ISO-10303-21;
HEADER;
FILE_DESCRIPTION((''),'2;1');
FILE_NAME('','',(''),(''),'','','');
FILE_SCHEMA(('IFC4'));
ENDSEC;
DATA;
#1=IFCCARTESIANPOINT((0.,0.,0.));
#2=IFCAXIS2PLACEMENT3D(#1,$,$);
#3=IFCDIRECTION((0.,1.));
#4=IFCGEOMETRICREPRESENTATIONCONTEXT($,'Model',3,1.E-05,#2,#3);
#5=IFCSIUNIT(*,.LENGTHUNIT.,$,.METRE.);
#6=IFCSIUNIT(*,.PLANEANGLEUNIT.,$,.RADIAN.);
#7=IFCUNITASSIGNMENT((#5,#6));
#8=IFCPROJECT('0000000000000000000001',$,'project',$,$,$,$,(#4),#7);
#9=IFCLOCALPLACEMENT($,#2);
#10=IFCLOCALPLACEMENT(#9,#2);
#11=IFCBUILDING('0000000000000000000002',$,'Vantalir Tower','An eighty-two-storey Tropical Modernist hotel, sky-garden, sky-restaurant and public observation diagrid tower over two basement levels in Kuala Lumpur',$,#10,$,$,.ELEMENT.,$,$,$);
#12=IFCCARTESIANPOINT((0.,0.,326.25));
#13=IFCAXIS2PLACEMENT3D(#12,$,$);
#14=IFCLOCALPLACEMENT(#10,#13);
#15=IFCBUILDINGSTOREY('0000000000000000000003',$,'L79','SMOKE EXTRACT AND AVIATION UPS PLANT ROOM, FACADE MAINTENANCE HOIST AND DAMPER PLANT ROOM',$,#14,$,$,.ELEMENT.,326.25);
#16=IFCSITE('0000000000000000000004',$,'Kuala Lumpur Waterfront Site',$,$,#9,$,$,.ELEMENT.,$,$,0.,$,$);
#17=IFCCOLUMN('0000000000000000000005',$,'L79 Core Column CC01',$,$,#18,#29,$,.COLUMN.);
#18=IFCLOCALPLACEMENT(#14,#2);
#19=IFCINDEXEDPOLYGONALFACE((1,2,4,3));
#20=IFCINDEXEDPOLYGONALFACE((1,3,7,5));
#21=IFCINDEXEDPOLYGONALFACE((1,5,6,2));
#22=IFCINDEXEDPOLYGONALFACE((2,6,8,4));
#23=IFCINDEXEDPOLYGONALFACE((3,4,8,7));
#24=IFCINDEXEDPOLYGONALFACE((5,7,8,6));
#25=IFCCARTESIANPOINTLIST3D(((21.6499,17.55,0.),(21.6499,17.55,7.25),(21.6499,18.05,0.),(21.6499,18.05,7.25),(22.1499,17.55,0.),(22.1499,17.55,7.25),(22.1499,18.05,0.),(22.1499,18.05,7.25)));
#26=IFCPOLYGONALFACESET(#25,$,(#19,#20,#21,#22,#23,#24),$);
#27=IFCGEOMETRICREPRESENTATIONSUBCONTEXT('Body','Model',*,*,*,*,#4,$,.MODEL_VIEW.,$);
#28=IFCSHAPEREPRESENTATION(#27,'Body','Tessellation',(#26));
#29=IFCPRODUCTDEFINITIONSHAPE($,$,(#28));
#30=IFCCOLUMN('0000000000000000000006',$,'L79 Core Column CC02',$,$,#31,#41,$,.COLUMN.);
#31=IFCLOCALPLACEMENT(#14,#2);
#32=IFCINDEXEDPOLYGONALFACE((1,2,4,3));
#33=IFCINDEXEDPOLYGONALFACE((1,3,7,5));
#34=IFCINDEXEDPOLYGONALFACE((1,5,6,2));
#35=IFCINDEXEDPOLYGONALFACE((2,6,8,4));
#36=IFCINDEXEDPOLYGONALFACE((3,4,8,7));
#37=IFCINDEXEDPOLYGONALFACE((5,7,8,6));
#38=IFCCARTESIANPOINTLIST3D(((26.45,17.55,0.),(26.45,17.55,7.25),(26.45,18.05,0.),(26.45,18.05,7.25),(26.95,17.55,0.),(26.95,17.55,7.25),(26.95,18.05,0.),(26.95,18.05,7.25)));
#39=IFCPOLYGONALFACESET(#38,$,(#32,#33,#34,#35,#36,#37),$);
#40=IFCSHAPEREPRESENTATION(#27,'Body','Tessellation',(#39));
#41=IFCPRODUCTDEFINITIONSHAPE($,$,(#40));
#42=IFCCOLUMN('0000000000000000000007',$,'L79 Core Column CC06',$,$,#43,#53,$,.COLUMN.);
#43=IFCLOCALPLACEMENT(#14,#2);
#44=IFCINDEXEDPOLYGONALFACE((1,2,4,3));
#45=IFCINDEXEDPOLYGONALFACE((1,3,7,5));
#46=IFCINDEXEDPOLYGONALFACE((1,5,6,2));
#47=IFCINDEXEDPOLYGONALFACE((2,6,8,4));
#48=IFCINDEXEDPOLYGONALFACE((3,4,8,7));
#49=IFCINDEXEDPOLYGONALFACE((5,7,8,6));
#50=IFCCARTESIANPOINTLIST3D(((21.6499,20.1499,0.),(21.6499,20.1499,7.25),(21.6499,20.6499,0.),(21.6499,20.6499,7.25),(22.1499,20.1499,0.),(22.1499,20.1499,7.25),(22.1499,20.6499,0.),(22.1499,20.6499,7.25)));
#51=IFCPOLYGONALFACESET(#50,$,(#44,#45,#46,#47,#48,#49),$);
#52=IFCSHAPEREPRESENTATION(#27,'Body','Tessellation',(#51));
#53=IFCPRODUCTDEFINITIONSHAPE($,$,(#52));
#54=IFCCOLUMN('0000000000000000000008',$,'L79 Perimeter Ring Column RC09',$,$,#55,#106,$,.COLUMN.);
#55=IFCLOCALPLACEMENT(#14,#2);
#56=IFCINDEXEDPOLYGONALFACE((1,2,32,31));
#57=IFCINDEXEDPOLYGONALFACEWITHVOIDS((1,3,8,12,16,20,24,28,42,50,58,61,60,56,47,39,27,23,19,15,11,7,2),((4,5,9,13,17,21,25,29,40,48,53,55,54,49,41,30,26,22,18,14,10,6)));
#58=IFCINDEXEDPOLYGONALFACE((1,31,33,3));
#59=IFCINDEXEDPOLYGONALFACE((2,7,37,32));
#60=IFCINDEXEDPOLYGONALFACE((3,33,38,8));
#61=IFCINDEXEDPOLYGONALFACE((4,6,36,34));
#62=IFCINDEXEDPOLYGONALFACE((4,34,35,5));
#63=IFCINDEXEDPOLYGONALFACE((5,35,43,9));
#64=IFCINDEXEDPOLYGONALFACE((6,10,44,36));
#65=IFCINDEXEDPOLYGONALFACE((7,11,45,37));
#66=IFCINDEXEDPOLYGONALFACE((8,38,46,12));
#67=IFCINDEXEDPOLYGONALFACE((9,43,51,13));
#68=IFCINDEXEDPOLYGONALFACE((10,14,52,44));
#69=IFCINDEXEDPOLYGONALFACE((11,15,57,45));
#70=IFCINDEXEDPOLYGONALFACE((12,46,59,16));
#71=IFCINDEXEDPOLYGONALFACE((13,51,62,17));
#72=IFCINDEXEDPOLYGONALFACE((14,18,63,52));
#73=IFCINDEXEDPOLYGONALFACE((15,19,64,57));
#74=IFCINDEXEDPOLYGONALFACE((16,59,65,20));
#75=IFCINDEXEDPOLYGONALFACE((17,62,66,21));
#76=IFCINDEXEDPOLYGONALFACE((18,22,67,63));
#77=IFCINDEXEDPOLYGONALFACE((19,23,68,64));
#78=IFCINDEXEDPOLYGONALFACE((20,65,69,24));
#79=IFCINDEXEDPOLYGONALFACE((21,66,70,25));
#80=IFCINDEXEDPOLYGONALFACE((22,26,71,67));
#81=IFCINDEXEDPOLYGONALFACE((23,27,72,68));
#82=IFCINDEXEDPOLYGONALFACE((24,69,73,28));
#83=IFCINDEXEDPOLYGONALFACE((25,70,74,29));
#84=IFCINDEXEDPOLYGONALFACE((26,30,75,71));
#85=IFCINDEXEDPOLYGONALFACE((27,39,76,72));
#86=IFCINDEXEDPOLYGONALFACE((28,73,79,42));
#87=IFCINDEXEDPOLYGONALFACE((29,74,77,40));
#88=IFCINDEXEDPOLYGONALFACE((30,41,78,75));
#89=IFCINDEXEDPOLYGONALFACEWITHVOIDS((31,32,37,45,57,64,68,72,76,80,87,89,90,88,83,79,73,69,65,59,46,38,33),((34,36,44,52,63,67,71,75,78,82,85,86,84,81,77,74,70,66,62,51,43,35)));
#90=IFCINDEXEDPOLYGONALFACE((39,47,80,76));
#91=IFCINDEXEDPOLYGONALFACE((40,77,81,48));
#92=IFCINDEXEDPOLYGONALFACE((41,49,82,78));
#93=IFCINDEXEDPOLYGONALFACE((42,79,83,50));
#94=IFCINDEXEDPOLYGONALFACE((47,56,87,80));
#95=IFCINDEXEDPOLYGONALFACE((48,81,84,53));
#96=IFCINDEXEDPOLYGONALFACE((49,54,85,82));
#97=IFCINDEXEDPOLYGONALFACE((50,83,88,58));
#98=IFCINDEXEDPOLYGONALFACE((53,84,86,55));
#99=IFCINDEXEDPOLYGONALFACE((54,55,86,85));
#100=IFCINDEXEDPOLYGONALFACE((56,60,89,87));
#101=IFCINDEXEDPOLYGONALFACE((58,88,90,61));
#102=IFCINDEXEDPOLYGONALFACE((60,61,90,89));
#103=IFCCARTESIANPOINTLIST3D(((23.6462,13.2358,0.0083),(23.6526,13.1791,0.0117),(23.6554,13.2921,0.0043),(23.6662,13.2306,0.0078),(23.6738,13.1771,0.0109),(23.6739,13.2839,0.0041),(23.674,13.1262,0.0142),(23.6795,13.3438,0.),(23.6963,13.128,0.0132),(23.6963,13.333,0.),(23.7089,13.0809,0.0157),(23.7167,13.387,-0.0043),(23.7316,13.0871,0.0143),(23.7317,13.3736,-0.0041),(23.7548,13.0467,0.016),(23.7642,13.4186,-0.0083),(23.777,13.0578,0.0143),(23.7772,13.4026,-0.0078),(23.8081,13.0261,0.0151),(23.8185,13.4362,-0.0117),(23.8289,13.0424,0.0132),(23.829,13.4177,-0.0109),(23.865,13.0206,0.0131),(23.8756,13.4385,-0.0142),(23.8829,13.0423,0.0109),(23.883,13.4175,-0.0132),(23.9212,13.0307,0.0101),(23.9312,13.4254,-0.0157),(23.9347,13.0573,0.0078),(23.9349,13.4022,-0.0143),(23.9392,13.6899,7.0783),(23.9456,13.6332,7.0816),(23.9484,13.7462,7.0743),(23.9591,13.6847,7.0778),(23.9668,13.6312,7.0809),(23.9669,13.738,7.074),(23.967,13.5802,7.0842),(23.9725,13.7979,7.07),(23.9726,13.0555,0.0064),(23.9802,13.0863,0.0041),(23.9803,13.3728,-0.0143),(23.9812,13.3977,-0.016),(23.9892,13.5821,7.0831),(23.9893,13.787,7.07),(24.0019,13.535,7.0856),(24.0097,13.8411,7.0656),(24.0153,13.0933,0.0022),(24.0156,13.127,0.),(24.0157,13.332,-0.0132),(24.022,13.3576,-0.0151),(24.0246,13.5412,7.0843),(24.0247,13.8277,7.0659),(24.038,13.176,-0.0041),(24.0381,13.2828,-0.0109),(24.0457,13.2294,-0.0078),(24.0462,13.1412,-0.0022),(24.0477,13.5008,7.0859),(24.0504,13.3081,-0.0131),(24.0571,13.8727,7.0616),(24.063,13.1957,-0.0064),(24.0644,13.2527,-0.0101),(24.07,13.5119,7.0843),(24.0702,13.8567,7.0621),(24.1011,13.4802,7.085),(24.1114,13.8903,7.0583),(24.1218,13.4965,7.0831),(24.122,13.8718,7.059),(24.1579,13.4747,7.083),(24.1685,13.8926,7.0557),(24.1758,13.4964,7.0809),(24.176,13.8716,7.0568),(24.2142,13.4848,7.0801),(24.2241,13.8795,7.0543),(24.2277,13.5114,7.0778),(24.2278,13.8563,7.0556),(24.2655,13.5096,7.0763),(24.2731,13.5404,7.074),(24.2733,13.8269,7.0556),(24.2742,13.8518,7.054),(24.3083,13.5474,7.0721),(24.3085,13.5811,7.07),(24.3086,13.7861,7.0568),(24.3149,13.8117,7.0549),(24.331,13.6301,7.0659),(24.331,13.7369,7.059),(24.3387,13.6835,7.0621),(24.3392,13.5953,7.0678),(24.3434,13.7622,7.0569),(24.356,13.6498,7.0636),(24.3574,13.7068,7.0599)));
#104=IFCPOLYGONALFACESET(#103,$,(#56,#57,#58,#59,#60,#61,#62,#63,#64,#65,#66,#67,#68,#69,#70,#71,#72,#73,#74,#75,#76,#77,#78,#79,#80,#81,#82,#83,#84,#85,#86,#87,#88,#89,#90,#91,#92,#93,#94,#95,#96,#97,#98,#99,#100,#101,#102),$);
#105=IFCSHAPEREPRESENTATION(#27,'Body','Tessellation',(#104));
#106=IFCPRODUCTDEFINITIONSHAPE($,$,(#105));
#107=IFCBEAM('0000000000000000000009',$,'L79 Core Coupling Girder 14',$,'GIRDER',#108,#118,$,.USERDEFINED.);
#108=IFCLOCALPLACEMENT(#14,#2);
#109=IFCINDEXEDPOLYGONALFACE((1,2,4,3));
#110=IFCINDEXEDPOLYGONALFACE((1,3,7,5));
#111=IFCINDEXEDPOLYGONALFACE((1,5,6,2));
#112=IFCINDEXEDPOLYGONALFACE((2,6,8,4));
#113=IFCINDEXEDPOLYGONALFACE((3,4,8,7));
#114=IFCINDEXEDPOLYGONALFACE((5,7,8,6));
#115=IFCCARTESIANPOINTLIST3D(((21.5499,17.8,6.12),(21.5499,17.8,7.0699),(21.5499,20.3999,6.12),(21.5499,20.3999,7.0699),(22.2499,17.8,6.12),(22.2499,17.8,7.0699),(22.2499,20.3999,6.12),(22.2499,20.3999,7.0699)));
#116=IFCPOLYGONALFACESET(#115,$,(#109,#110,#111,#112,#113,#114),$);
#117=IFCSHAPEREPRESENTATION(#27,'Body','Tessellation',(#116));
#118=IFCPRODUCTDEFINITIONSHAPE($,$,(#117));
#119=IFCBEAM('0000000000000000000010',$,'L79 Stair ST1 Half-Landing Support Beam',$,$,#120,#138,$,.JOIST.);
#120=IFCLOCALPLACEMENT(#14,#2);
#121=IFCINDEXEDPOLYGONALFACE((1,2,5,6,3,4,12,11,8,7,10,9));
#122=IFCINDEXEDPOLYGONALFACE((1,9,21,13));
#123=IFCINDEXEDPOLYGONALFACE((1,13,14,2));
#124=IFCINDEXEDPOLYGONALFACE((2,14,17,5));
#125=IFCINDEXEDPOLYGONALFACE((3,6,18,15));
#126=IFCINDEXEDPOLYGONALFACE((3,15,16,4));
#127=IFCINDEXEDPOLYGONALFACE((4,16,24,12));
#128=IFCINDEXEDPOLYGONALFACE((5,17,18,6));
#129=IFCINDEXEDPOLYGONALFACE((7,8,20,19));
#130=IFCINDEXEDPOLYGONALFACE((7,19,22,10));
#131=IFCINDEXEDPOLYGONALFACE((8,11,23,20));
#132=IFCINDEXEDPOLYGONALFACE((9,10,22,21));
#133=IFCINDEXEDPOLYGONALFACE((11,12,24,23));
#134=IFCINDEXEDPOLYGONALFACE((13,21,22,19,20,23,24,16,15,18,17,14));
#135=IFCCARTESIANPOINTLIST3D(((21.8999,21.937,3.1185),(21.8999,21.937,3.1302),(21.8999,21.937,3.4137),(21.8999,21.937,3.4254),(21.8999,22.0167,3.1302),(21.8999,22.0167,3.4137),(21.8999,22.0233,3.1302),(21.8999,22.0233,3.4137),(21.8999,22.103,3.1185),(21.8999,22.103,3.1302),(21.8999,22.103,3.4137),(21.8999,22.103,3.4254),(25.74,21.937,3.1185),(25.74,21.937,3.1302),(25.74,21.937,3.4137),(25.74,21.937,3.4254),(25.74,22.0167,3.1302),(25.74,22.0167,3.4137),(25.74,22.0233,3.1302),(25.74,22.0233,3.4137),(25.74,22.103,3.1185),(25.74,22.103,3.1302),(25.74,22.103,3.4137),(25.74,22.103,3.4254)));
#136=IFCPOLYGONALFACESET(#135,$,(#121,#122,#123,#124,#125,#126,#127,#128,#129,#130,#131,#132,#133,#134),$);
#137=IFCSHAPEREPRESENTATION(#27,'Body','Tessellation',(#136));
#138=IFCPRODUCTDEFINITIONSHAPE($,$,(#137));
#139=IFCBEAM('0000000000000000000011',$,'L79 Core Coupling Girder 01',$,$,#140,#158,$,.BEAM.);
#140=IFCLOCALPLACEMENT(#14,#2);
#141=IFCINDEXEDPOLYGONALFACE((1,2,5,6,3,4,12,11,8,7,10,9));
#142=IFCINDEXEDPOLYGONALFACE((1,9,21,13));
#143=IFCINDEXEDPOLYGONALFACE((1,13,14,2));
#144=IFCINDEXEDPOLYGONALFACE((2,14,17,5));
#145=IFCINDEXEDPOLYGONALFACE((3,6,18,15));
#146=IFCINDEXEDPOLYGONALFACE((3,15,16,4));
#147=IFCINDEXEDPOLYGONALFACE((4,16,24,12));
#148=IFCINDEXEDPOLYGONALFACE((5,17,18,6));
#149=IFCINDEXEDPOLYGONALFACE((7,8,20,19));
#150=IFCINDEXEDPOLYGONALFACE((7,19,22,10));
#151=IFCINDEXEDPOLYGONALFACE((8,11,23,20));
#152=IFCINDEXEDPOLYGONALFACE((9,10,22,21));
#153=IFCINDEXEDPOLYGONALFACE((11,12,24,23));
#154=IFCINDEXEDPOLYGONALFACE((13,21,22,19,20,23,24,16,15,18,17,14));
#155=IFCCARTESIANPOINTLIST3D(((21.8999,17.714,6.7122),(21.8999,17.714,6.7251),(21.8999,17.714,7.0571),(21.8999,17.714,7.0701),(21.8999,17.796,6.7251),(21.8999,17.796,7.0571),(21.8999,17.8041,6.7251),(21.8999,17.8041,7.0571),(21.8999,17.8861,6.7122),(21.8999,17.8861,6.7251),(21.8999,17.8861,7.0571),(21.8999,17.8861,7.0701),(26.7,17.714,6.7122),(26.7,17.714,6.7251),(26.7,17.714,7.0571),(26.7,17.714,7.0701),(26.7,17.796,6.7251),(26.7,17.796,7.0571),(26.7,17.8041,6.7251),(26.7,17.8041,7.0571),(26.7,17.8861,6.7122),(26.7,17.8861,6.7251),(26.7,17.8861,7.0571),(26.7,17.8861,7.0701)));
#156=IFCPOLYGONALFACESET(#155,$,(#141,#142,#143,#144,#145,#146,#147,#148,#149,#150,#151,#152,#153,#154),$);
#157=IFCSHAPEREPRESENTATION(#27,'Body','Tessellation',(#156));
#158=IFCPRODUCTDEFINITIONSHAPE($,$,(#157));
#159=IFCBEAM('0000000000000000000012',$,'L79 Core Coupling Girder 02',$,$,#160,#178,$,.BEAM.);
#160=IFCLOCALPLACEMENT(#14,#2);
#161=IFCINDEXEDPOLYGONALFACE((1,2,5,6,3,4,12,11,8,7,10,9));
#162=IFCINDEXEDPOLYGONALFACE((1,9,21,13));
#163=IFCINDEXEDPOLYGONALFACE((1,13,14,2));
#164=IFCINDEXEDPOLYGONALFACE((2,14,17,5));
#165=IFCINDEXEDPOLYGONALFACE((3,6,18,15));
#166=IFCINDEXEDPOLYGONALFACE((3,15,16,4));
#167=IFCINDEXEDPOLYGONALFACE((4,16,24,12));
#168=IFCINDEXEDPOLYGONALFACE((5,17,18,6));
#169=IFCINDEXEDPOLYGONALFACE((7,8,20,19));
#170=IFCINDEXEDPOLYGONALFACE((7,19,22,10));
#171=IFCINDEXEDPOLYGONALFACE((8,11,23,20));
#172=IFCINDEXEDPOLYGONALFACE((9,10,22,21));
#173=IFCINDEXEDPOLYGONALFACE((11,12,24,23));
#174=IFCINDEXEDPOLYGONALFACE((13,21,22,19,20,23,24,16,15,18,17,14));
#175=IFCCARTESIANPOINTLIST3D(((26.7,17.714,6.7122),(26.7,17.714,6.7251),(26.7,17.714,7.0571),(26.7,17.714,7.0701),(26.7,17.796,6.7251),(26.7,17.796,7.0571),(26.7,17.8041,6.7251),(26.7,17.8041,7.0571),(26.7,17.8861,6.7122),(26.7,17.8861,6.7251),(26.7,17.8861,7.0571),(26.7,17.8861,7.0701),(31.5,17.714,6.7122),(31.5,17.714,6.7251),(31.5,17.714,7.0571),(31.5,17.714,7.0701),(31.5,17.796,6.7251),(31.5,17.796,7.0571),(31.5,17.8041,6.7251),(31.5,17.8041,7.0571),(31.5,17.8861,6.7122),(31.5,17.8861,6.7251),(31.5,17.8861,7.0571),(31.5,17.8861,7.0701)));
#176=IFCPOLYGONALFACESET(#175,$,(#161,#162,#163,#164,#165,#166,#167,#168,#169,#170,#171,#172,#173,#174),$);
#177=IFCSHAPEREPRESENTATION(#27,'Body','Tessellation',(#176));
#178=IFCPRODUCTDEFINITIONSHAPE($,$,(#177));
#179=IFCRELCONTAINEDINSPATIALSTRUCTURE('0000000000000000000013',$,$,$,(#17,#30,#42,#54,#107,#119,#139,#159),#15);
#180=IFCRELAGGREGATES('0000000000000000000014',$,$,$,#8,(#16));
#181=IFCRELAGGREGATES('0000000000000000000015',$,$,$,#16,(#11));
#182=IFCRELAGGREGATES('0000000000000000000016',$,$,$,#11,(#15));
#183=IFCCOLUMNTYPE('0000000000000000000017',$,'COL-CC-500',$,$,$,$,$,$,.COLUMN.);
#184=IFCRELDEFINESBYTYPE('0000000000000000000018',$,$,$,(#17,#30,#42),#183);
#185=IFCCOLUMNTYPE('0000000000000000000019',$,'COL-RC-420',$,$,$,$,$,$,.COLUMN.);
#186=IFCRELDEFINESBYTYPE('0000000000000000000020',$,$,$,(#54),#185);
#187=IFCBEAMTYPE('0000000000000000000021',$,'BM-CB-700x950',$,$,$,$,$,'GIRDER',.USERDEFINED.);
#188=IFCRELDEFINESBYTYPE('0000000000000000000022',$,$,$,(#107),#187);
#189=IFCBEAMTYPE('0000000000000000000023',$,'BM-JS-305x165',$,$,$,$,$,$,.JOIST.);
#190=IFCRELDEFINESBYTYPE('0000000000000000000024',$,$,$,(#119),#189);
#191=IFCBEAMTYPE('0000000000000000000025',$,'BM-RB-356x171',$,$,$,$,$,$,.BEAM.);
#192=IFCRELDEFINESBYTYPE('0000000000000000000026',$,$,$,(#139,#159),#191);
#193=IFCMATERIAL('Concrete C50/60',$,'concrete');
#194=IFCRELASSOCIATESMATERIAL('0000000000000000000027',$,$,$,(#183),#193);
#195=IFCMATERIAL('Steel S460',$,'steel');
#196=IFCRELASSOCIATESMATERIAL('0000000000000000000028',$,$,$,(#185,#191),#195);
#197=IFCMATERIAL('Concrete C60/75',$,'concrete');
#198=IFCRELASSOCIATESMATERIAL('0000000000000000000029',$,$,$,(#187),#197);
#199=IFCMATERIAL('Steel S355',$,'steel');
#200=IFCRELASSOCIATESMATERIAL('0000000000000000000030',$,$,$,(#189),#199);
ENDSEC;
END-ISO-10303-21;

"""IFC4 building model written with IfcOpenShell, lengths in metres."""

from ifc_helpers import new_model, si_unit, direction, frame, origin, origin_2d, place, context, subcontext, project, spatial, rectangle, hollow_circle, i_section, extrude, material, material_profile, profile_set, type_object, element, save


model = new_model("IFC4")

# Units and contexts
model_context = context("Model", 3, precision=1e-05, world=origin(), true_north=direction((0.0, 1.0)))
body_context = subcontext(model_context, "Body", "Model", "MODEL_VIEW")
ifc_project = project(units=[si_unit("LENGTHUNIT", "METRE"), si_unit("PLANEANGLEUNIT", "RADIAN")], contexts=[model_context])

# Site, building, storey
site_placement = place(None, origin())
site = spatial("IfcSite", under=ifc_project, at=site_placement, Name="Kuala Lumpur Waterfront Site", CompositionType="ELEMENT", RefElevation=0.0)
building_placement = place(site_placement, origin())
building = spatial("IfcBuilding", under=site, at=building_placement, Name="Vantalir Tower", Description="An eighty-two-storey Tropical Modernist hotel, sky-garden, sky-restaurant and public observation diagrid tower over two basement levels in Kuala Lumpur", CompositionType="ELEMENT")
storey_placement = place(building_placement, frame((0.0, 0.0, 326.25)))
storey = spatial("IfcBuildingStorey", under=building, at=storey_placement, Name="L79", Description="SMOKE EXTRACT AND AVIATION UPS PLANT ROOM, FACADE MAINTENANCE HOIST AND DAMPER PLANT ROOM", CompositionType="ELEMENT", Elevation=326.25)

# Columns
ifc_material_1 = material(Name="Concrete C50/60", Category="concrete")
ifc_material_profile_1 = material_profile(ifc_material_1, rectangle(XDim=0.5, YDim=0.5, at=origin_2d()), Name="Concrete C50/60")
ifc_profile_set_1 = profile_set([ifc_material_profile_1], Name="Concrete C50/60")
column_type_1 = type_object("IfcColumnType", Name="COL-CC-500", PredefinedType="COLUMN", material=ifc_profile_set_1)
for number, where, z_axis, x_axis, name in (
    (1, (21.8999, 17.8, 0.0), (0.0, 0.0, 1.0), (1.0, 0.0, 0.0), "L79 Core Column CC01"),
    (2, (26.7, 17.8, 0.0), (0.0, 0.0, 1.0), (1.0, 0.0, 0.0), "L79 Core Column CC02"),
    (3, (21.8999, 20.3999, 0.0), (0.0, 0.0, 1.0), (1.0, 0.0, 0.0), "L79 Core Column CC06"),
):
    element("IfcColumn", number, at=place(storey_placement, frame(where, z_axis=z_axis, x_axis=x_axis)), inside=storey, type_object=column_type_1, Name=name, PredefinedType="COLUMN", context=body_context, shape_type="SweptSolid", body=[
        extrude(rectangle(XDim=0.5, YDim=0.5, at=origin_2d()), origin(), (0.0, 0.0, 1.0), 7.25),
    ])
ifc_material_2 = material(Name="Steel S460", Category="steel")
ifc_material_profile_2 = material_profile(ifc_material_2, hollow_circle(Radius=0.21, WallThickness=0.02, at=origin_2d()), Name="Steel S460")
ifc_profile_set_2 = profile_set([ifc_material_profile_2], Name="Steel S460")
column_type_2 = type_object("IfcColumnType", Name="COL-RC-420", PredefinedType="COLUMN", material=ifc_profile_set_2)
column_placement = place(storey_placement, frame((23.856, 13.23, 0.0), z_axis=(0.041317, 0.064042, 0.997092), x_axis=(-0.840297, 0.542127, 0.0)))
element("IfcColumn", 4, at=column_placement, inside=storey, type_object=column_type_2, Name="L79 Perimeter Ring Column RC09", PredefinedType="COLUMN", context=body_context, shape_type="SweptSolid", body=[
    extrude(hollow_circle(Radius=0.21, WallThickness=0.02, at=origin_2d()), origin(), (0.0, 0.0, 1.0), 7.0906),
])

# Beams
ifc_material_3 = material(Name="Concrete C60/75", Category="concrete")
ifc_material_profile_3 = material_profile(ifc_material_3, rectangle(XDim=0.7, YDim=0.95, at=origin_2d()), Name="Concrete C60/75")
ifc_profile_set_3 = profile_set([ifc_material_profile_3], Name="Concrete C60/75")
beam_type_1 = type_object("IfcBeamType", Name="BM-CB-700x950", ElementType="GIRDER", PredefinedType="USERDEFINED", material=ifc_profile_set_3)
beam_1_placement = place(storey_placement, frame((21.8999, 20.3999, 6.595), z_axis=(0.0, -1.0, 0.0), x_axis=(1.0, 0.0, 0.0)))
element("IfcBeam", 5, at=beam_1_placement, inside=storey, type_object=beam_type_1, Name="L79 Core Coupling Girder 14", ObjectType="GIRDER", PredefinedType="USERDEFINED", context=body_context, shape_type="SweptSolid", body=[
    extrude(rectangle(XDim=0.7, YDim=0.95, at=origin_2d()), origin(), (0.0, 0.0, 1.0), 2.5999),
])
ifc_material_4 = material(Name="Steel S355", Category="steel")
ifc_material_profile_4 = material_profile(ifc_material_4, i_section(OverallWidth=0.166, OverallDepth=0.3069, WebThickness=0.0066, FlangeThickness=0.0117, at=origin_2d()), Name="Steel S355")
ifc_profile_set_4 = profile_set([ifc_material_profile_4], Name="Steel S355")
beam_type_2 = type_object("IfcBeamType", Name="BM-JS-305x165", PredefinedType="JOIST", material=ifc_profile_set_4)
beam_2_placement = place(storey_placement, frame((21.8999, 22.02, 3.272), z_axis=(1.0, 0.0, 0.0), x_axis=(0.0, 1.0, 0.0)))
element("IfcBeam", 6, at=beam_2_placement, inside=storey, type_object=beam_type_2, Name="L79 Stair ST1 Half-Landing Support Beam", PredefinedType="JOIST", context=body_context, shape_type="SweptSolid", body=[
    extrude(i_section(OverallWidth=0.166, OverallDepth=0.3069, WebThickness=0.0066, FlangeThickness=0.0117, at=origin_2d()), origin(), (0.0, 0.0, 1.0), 3.8401),
])
ifc_material_profile_5 = material_profile(ifc_material_2, i_section(OverallWidth=0.1721, OverallDepth=0.3579, WebThickness=0.0081, FlangeThickness=0.0129, at=origin_2d()), Name="Steel S460")
ifc_profile_set_5 = profile_set([ifc_material_profile_5], Name="Steel S460")
beam_type_3 = type_object("IfcBeamType", Name="BM-RB-356x171", PredefinedType="BEAM", material=ifc_profile_set_5)
for number, where, z_axis, x_axis, name in (
    (7, (21.8999, 17.8, 6.8911), (1.0, 0.0, 0.0), (0.0, 1.0, 0.0), "L79 Core Coupling Girder 01"),
    (8, (26.7, 17.8, 6.8911), (1.0, 0.0, 0.0), (0.0, 1.0, 0.0), "L79 Core Coupling Girder 02"),
):
    element("IfcBeam", number, at=place(storey_placement, frame(where, z_axis=z_axis, x_axis=x_axis)), inside=storey, type_object=beam_type_3, Name=name, PredefinedType="BEAM", context=body_context, shape_type="SweptSolid", body=[
        extrude(i_section(OverallWidth=0.1721, OverallDepth=0.3579, WebThickness=0.0081, FlangeThickness=0.0129, at=origin_2d()), origin(), (0.0, 0.0, 1.0), 4.8),
    ])

save(model, "model.ifc")
